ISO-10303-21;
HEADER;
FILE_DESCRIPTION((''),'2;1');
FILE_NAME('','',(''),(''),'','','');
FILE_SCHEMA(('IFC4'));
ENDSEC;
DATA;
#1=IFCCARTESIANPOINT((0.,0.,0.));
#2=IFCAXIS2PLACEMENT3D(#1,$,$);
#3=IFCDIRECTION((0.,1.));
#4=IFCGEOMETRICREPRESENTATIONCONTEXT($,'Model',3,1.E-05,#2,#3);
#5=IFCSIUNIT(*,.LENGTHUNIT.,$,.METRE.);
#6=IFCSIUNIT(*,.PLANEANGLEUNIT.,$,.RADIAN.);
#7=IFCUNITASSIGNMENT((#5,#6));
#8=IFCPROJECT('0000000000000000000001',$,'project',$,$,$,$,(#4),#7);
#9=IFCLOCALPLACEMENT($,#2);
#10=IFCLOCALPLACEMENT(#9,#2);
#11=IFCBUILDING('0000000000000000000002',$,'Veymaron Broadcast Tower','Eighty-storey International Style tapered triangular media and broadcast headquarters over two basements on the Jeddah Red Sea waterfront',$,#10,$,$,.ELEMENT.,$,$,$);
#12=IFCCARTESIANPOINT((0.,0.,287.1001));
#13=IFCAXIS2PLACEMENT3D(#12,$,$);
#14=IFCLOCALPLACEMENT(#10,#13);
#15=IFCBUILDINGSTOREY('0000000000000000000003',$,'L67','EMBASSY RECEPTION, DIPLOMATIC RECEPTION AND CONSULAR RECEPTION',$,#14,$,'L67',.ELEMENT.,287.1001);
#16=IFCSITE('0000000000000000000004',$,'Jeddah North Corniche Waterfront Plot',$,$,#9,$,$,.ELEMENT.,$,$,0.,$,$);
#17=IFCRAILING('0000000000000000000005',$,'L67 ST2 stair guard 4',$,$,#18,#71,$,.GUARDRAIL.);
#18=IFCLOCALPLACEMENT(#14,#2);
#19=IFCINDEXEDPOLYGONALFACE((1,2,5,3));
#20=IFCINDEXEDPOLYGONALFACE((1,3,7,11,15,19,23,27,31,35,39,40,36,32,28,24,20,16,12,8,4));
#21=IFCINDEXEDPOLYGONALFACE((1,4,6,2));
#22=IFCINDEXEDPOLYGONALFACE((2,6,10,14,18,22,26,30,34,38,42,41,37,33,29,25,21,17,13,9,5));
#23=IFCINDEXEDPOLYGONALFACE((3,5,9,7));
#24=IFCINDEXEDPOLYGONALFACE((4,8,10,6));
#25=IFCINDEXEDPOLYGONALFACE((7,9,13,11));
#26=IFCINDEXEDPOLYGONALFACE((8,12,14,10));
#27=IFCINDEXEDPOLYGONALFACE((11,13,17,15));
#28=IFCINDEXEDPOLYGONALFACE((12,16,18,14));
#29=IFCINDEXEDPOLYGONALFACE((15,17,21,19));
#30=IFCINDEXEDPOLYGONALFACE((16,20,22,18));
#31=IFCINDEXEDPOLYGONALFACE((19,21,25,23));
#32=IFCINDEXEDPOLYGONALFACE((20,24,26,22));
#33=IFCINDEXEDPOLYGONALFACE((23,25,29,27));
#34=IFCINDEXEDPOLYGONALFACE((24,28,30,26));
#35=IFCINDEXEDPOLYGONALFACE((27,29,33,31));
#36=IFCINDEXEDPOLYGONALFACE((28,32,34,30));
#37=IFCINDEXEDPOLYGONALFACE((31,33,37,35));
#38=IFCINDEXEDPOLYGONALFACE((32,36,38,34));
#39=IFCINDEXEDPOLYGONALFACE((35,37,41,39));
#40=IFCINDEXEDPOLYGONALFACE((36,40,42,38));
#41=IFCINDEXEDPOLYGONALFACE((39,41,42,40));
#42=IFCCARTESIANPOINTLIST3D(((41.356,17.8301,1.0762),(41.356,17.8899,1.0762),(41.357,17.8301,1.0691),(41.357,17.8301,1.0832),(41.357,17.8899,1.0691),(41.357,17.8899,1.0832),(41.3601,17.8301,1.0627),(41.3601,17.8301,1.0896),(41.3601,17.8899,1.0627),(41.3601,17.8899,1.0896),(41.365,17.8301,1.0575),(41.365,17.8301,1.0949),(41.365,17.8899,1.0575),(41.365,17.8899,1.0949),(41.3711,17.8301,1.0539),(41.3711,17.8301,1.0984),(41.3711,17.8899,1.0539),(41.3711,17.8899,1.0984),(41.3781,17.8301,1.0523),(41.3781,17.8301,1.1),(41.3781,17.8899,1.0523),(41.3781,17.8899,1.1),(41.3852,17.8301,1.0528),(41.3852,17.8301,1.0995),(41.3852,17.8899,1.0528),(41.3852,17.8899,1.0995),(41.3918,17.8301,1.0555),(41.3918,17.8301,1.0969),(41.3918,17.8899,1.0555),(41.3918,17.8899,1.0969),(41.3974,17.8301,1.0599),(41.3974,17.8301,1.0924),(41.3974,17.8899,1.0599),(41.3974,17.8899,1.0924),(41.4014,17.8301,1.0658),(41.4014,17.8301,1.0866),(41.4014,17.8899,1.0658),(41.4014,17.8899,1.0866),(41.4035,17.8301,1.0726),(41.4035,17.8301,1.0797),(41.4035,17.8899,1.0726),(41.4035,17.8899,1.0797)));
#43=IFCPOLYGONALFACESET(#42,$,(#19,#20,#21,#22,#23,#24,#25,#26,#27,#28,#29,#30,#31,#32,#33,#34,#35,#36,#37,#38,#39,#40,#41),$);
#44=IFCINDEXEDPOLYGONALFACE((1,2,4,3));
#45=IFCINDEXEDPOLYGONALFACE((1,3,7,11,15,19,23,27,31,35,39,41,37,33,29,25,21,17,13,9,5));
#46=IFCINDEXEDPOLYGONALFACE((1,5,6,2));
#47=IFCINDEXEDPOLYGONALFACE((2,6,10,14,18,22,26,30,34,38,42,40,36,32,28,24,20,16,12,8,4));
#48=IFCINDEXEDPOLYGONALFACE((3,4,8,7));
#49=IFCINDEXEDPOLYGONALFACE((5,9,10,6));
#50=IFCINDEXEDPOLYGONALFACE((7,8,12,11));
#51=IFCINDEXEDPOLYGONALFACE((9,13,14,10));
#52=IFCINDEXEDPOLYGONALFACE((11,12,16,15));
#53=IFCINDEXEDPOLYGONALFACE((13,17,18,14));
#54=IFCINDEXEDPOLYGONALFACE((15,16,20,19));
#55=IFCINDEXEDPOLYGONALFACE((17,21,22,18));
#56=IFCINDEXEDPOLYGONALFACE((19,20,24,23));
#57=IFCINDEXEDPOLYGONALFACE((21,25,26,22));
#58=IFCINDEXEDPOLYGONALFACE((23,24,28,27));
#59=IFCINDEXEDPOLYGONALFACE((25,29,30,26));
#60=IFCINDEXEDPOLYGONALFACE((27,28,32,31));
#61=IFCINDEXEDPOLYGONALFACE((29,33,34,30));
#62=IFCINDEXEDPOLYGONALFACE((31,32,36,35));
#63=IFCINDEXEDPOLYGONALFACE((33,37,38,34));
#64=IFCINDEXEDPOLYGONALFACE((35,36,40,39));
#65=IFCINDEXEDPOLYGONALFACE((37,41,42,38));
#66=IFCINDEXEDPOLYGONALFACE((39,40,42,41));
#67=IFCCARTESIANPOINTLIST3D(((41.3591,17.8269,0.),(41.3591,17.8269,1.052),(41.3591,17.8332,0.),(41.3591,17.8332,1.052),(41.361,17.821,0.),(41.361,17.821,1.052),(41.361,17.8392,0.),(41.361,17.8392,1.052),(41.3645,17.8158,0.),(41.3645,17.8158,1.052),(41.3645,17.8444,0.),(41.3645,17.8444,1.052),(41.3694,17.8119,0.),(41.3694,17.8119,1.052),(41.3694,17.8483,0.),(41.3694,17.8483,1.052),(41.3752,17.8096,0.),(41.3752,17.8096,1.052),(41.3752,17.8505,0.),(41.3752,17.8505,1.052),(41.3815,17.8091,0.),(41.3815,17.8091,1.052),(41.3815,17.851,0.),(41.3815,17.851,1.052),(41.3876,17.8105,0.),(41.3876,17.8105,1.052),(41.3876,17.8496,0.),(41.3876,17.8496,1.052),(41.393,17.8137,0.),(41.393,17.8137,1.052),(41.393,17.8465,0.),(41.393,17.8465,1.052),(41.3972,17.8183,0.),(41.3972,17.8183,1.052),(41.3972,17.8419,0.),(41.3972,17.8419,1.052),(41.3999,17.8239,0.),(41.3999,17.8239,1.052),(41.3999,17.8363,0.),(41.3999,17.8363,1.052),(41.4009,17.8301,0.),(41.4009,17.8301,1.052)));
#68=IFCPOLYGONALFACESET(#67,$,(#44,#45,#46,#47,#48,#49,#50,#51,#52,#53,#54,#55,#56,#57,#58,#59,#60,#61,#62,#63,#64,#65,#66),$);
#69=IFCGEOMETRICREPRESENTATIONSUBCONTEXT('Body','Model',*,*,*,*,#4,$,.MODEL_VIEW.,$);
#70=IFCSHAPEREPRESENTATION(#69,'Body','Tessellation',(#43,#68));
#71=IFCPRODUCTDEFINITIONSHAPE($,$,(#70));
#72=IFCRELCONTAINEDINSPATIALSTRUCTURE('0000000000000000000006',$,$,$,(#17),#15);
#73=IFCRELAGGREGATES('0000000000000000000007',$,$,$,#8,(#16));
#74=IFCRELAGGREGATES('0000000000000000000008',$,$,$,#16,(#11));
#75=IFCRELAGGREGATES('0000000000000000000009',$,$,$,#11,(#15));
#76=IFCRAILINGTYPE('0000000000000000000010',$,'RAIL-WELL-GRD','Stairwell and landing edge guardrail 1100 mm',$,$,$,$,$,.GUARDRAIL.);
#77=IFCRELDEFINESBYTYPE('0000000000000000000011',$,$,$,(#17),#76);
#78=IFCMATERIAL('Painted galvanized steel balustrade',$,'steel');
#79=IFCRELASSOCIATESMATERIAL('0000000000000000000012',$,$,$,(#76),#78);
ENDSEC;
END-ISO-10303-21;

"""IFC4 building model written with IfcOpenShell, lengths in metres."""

from ifc_helpers import new_model, si_unit, direction, frame, origin, origin_2d, place, context, subcontext, project, spatial, circle, extrude, material, type_object, element, save


model = new_model("IFC4")

# Units and contexts
model_context = context("Model", 3, precision=1e-05, world=origin(), true_north=direction((0.0, 1.0)))
body_context = subcontext(model_context, "Body", "Model", "MODEL_VIEW")
ifc_project = project(units=[si_unit("LENGTHUNIT", "METRE"), si_unit("PLANEANGLEUNIT", "RADIAN")], contexts=[model_context])

# Site, building, storey
site_placement = place(None, origin())
site = spatial("IfcSite", under=ifc_project, at=site_placement, Name="Jeddah North Corniche Waterfront Plot", CompositionType="ELEMENT", RefElevation=0.0)
building_placement = place(site_placement, origin())
building = spatial("IfcBuilding", under=site, at=building_placement, Name="Veymaron Broadcast Tower", Description="Eighty-storey International Style tapered triangular media and broadcast headquarters over two basements on the Jeddah Red Sea waterfront", CompositionType="ELEMENT")
storey_placement = place(building_placement, frame((0.0, 0.0, 287.1001)))
storey = spatial("IfcBuildingStorey", under=building, at=storey_placement, Name="L67", Description="EMBASSY RECEPTION, DIPLOMATIC RECEPTION AND CONSULAR RECEPTION", LongName="L67", CompositionType="ELEMENT", Elevation=287.1001)

# Railing
ifc_material_1 = material(Name="Painted galvanized steel balustrade", Category="steel")
railing_type_1 = type_object("IfcRailingType", Name="RAIL-WELL-GRD", Description="Stairwell and landing edge guardrail 1100 mm", PredefinedType="GUARDRAIL", material=ifc_material_1)
railing_1_placement = place(storey_placement, frame((41.3799, 17.8301, 0.0)))
element("IfcRailing", 1, at=railing_1_placement, inside=storey, type_object=railing_type_1, Name="L67 ST2 stair guard 4", PredefinedType="GUARDRAIL", context=body_context, shape_type="SweptSolid", body=[
    extrude(circle(Radius=0.0239, at=origin_2d()), frame((0.0, 0.0, 1.0762), z_axis=(0.0, 1.0, 0.0), x_axis=(-1.0, 0.0, 0.0)), (0.0, 0.0, 1.0), 0.0598),
    extrude(circle(Radius=0.021, at=origin_2d()), origin(), (0.0, 0.0, 1.0), 1.052),
])

save(model, "model.ifc")
